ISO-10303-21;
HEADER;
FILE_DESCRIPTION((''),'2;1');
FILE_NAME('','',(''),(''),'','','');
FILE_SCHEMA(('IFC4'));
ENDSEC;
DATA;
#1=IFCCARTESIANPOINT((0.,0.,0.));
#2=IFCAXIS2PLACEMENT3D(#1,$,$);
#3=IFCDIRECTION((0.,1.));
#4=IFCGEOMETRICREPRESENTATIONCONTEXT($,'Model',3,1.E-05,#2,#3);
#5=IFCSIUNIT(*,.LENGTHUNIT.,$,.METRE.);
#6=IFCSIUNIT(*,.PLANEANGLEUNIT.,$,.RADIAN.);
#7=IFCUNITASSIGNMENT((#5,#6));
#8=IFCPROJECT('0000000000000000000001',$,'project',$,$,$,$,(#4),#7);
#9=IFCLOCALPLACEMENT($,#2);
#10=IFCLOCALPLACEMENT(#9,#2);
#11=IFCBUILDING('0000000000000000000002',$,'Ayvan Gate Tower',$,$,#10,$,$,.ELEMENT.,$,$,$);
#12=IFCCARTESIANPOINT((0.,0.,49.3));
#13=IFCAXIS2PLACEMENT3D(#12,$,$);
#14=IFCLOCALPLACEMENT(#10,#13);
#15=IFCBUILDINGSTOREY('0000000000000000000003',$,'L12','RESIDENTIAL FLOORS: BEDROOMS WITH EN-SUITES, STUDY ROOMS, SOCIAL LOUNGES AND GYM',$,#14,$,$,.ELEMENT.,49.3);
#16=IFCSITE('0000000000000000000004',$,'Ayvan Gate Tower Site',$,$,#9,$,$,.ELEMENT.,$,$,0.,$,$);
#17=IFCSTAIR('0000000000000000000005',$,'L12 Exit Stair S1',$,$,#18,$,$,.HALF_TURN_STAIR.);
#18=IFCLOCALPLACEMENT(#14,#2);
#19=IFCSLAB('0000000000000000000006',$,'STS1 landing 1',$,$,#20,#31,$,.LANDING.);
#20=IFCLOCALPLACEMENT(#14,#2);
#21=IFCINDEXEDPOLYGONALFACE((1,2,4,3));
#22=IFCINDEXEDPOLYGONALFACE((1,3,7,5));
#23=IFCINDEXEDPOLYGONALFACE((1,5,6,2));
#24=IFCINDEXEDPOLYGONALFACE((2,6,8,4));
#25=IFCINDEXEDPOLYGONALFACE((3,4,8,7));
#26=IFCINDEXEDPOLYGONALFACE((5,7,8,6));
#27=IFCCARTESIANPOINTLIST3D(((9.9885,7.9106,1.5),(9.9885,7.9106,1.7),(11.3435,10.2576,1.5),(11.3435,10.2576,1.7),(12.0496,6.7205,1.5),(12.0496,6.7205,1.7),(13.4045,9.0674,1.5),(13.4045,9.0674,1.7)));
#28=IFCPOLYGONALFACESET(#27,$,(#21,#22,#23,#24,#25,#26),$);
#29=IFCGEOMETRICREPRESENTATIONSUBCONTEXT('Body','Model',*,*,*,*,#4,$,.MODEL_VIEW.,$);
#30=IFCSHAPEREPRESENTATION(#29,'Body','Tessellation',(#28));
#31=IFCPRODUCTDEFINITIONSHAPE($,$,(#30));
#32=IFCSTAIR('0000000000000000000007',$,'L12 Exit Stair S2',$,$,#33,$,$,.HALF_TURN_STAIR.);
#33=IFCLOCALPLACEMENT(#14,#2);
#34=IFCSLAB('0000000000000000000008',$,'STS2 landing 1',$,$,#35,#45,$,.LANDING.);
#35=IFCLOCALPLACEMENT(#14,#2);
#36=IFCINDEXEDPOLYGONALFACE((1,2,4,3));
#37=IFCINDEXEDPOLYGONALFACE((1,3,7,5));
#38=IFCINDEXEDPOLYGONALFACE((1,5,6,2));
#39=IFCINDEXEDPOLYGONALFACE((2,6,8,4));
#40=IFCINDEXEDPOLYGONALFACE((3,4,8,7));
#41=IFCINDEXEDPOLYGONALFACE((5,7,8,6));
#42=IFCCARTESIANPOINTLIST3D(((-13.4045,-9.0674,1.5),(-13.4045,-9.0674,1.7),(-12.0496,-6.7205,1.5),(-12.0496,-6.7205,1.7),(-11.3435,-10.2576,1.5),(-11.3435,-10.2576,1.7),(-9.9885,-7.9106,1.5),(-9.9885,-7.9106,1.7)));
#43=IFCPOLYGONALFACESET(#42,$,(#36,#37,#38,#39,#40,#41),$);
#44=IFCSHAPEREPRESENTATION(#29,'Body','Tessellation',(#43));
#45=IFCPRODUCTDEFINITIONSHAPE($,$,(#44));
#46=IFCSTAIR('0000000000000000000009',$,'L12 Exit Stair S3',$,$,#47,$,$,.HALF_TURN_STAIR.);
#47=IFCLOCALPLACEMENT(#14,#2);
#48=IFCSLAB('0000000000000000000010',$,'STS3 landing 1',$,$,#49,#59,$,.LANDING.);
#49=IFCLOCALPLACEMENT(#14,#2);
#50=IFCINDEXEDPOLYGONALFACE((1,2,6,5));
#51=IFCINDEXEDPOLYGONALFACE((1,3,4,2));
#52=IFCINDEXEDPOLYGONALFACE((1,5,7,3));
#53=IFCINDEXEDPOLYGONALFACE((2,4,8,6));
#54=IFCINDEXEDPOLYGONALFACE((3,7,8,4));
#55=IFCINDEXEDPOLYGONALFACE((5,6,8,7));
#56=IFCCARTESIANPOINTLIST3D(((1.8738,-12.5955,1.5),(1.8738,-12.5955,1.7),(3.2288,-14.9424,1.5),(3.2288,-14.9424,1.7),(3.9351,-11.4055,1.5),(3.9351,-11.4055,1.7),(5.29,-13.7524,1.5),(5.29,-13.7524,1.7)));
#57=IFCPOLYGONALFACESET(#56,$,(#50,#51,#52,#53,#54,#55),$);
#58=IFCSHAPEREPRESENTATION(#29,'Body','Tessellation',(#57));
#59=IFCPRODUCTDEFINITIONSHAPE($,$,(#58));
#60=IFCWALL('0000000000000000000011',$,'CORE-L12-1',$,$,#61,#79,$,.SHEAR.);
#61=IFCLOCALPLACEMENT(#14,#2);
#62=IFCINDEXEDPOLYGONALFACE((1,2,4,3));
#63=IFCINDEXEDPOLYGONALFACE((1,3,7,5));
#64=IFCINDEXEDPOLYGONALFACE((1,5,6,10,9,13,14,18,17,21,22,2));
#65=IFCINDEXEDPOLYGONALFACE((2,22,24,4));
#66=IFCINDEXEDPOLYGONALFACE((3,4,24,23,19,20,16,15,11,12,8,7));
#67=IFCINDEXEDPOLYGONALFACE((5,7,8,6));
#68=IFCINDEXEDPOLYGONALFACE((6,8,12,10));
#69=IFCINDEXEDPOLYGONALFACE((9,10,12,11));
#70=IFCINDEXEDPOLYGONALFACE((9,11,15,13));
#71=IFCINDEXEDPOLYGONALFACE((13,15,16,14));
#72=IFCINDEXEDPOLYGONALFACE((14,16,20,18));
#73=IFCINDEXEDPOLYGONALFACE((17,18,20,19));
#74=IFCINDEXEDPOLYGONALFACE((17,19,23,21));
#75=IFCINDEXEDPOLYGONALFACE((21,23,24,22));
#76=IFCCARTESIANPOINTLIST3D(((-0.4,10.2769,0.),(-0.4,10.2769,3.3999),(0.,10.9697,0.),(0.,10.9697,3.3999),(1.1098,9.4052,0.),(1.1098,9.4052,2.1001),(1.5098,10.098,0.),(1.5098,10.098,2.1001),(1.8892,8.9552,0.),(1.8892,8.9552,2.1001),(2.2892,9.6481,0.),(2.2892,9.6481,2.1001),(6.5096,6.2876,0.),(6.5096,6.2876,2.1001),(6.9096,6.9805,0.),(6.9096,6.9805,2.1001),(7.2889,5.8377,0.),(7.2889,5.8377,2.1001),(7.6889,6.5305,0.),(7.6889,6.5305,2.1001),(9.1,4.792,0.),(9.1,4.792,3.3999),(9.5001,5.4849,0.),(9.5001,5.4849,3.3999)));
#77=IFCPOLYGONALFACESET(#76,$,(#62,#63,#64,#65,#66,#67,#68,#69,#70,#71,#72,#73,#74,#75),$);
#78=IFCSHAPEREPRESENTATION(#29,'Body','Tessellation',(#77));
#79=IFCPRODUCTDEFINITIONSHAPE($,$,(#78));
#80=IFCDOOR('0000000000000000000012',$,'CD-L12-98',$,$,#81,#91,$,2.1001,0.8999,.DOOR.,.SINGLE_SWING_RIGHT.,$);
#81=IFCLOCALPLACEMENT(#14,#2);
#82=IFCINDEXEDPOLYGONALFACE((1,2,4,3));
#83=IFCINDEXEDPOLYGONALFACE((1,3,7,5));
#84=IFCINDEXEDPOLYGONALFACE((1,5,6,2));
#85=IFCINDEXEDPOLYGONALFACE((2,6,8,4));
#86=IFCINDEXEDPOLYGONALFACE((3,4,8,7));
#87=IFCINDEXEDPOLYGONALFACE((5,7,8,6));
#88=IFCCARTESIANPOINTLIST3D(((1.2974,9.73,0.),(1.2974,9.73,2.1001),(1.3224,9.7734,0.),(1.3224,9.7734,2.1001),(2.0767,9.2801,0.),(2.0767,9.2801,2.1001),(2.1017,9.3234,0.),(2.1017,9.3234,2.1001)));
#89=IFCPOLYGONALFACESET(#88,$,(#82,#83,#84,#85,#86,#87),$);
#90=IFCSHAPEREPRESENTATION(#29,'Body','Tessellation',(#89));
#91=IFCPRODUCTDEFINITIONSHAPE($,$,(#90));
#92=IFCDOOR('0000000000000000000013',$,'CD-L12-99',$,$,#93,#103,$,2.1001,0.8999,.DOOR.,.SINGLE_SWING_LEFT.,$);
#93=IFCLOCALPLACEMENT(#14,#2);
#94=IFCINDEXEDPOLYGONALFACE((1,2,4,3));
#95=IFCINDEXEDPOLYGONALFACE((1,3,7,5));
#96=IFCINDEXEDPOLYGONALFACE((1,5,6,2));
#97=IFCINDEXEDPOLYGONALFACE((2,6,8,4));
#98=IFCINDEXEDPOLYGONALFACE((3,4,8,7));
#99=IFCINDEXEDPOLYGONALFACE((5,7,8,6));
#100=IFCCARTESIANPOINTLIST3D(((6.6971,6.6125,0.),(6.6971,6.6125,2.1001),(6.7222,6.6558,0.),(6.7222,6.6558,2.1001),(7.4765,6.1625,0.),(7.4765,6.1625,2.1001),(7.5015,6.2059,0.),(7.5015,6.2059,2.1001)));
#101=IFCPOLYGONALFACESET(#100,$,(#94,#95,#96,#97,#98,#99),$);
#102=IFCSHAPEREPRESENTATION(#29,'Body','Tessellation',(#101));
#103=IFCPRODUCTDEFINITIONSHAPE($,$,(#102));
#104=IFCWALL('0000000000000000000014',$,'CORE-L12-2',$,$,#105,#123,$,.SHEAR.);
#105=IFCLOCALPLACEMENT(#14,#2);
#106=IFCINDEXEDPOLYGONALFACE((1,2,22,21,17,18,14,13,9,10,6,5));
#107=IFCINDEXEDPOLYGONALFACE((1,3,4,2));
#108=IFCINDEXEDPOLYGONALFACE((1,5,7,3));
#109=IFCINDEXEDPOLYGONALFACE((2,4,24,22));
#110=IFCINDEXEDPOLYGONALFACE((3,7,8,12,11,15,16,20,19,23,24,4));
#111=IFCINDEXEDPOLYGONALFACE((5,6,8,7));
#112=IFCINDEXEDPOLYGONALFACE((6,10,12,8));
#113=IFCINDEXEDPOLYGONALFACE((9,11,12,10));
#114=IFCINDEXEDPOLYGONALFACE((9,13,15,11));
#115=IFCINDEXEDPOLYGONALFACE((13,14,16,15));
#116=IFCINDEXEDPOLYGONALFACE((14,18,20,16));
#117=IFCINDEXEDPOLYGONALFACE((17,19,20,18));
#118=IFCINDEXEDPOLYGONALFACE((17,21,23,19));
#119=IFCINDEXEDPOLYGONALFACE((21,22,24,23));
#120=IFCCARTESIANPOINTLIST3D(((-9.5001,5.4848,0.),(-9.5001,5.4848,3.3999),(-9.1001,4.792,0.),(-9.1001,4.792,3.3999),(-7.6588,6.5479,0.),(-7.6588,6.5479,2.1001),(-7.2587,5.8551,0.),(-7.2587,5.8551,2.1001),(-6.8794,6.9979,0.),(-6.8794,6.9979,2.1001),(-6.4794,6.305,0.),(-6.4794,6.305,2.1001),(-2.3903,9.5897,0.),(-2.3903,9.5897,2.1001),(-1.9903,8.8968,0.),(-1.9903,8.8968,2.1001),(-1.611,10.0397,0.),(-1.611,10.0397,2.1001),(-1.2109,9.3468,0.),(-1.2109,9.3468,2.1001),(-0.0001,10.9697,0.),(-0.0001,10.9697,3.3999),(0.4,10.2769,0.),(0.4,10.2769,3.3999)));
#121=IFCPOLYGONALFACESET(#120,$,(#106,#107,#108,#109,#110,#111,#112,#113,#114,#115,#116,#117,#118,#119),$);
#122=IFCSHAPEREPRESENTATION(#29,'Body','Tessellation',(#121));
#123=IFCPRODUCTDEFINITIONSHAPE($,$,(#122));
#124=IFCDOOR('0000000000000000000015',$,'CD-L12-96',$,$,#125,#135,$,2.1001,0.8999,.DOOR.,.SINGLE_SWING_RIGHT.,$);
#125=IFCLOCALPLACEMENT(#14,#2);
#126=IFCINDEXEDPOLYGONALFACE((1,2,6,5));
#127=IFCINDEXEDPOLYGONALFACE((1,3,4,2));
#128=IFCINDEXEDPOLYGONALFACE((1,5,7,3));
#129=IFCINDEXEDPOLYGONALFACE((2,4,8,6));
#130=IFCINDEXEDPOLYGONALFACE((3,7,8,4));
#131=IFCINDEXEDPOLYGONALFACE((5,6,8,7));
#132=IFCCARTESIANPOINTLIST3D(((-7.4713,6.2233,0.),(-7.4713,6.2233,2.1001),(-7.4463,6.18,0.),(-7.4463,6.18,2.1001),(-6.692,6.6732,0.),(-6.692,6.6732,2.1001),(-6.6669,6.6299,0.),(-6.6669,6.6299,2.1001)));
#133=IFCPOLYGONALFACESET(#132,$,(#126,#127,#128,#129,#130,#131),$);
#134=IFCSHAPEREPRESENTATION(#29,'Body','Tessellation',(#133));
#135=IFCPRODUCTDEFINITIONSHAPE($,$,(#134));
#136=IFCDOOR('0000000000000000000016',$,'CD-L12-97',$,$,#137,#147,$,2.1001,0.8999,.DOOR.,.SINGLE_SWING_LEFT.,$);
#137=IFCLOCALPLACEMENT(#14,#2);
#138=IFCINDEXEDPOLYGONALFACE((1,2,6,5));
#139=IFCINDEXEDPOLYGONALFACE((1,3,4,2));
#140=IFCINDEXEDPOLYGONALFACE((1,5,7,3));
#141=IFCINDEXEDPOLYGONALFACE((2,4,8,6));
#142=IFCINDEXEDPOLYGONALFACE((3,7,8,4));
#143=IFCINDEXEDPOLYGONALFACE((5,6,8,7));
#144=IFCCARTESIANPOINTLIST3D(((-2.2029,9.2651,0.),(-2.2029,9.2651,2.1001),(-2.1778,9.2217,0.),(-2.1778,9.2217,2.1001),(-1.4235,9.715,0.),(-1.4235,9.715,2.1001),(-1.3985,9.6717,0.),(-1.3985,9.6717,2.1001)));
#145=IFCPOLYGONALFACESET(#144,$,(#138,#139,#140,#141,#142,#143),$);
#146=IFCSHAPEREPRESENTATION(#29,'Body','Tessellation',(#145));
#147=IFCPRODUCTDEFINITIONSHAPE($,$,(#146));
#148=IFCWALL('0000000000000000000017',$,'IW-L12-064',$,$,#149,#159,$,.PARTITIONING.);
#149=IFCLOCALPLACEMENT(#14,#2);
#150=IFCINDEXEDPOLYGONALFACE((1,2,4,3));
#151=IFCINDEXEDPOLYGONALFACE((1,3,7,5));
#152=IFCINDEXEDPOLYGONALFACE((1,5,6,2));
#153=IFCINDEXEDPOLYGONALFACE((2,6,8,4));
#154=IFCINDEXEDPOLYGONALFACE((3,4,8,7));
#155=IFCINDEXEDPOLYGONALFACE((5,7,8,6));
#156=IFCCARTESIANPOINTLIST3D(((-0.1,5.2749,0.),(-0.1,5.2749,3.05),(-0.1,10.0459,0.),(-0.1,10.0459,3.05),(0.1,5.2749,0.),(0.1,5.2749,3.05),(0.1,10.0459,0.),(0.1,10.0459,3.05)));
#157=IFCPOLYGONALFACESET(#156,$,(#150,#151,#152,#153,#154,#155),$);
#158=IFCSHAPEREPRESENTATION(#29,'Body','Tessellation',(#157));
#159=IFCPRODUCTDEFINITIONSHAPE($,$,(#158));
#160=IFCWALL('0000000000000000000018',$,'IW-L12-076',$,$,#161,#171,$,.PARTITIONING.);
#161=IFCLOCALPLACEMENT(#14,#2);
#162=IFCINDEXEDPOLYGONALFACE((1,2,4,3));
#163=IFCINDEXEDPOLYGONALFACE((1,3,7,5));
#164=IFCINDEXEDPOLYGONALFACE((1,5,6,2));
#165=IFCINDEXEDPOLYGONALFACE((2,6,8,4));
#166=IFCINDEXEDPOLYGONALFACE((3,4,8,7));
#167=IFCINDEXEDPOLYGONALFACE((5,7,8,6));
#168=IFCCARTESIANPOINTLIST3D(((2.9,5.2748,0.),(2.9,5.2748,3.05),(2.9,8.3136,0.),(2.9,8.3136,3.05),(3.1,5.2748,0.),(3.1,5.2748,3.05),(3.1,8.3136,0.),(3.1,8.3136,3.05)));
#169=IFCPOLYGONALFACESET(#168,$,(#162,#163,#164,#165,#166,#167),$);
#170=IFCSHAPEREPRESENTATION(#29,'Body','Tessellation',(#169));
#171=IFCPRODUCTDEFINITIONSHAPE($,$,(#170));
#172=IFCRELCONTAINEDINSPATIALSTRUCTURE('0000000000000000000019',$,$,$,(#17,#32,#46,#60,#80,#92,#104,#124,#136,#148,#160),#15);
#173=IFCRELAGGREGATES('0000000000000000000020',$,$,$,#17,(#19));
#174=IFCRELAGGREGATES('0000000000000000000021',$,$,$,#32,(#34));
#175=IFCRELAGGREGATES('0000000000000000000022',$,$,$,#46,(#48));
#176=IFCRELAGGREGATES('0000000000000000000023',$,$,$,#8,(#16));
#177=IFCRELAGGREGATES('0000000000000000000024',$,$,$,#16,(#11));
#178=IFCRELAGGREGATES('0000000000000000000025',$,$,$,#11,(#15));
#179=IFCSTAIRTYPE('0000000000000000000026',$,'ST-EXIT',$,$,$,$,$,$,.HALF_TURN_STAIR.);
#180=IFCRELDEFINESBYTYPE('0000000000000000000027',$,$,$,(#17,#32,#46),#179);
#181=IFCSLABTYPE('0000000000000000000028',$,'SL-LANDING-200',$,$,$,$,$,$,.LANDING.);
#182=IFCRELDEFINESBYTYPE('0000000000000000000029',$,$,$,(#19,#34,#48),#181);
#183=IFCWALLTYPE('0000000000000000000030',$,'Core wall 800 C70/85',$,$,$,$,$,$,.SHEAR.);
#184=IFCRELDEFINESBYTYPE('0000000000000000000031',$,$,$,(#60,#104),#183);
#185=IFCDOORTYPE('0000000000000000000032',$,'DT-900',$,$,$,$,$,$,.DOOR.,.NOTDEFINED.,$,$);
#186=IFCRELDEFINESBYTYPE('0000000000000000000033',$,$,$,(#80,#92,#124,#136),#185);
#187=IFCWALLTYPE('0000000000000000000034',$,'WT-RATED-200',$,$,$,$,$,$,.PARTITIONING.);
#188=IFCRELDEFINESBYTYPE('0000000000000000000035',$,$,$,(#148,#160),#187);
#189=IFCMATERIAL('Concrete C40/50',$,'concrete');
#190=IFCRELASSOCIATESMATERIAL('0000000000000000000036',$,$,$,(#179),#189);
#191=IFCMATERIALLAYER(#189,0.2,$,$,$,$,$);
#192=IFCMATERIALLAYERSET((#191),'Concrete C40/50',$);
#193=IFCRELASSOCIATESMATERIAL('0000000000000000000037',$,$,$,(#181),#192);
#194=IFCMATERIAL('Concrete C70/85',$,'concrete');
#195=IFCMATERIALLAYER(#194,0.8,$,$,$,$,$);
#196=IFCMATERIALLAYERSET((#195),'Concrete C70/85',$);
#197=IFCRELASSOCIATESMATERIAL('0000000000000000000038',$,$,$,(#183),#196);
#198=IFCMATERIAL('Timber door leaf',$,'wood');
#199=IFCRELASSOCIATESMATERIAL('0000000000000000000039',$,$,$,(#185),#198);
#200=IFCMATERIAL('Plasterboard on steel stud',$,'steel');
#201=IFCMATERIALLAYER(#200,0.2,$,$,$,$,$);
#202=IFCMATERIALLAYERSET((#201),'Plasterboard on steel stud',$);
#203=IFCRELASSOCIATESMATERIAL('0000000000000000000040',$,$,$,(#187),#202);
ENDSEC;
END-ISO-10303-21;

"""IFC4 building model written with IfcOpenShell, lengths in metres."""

from ifc_helpers import new_model, si_unit, direction, frame, frame_2d, origin, place, context, subcontext, project, spatial, polyline, rectangle, outline, extrude, material, layer, layer_set, type_object, element, fill, aggregate, save


model = new_model("IFC4")

# Units and contexts
model_context = context("Model", 3, precision=1e-05, world=origin(), true_north=direction((0.0, 1.0)))
body_context = subcontext(model_context, "Body", "Model", "MODEL_VIEW")
ifc_project = project(units=[si_unit("LENGTHUNIT", "METRE"), si_unit("PLANEANGLEUNIT", "RADIAN")], contexts=[model_context])

# Site, building, storey
site_placement = place(None, origin())
site = spatial("IfcSite", under=ifc_project, at=site_placement, Name="Ayvan Gate Tower Site", CompositionType="ELEMENT", RefElevation=0.0)
building_placement = place(site_placement, origin())
building = spatial("IfcBuilding", under=site, at=building_placement, Name="Ayvan Gate Tower", CompositionType="ELEMENT")
storey_placement = place(building_placement, frame((0.0, 0.0, 49.3)))
storey = spatial("IfcBuildingStorey", under=building, at=storey_placement, Name="L12", Description="RESIDENTIAL FLOORS: BEDROOMS WITH EN-SUITES, STUDY ROOMS, SOCIAL LOUNGES AND GYM", CompositionType="ELEMENT", Elevation=49.3)

# Stairs, slabs
ifc_material_1 = material(Name="Concrete C40/50", Category="concrete")
stair_type = type_object("IfcStairType", Name="ST-EXIT", PredefinedType="HALF_TURN_STAIR", material=ifc_material_1)
stair_1_placement = place(storey_placement, origin())
stair_1 = element("IfcStair", 1, at=stair_1_placement, inside=storey, type_object=stair_type, Name="L12 Exit Stair S1", PredefinedType="HALF_TURN_STAIR")
ifc_layer_1 = layer(ifc_material_1, 0.2)
ifc_layer_set_1 = layer_set([ifc_layer_1], Name="Concrete C40/50")
slab_type = type_object("IfcSlabType", Name="SL-LANDING-200", PredefinedType="LANDING", material=ifc_layer_set_1)
slab_1_placement = place(storey_placement, frame((0.0, 0.0, 1.5)))
slab_1 = element("IfcSlab", 2, at=slab_1_placement, type_object=slab_type, Name="STS1 landing 1", PredefinedType="LANDING", context=body_context, shape_type="SweptSolid", body=[
    extrude(outline(polyline([(9.9885, 7.9106), (12.0496, 6.7205), (13.4045, 9.0674), (11.3435, 10.2576), (9.9885, 7.9106)])), origin(), (0.0, 0.0, 1.0), 0.2),
])
aggregate(stair_1, [slab_1])
stair_2_placement = place(storey_placement, origin())
stair_2 = element("IfcStair", 3, at=stair_2_placement, inside=storey, type_object=stair_type, Name="L12 Exit Stair S2", PredefinedType="HALF_TURN_STAIR")
slab_2_placement = place(storey_placement, frame((0.0, 0.0, 1.5)))
slab_2 = element("IfcSlab", 4, at=slab_2_placement, type_object=slab_type, Name="STS2 landing 1", PredefinedType="LANDING", context=body_context, shape_type="SweptSolid", body=[
    extrude(outline(polyline([(-9.9885, -7.9106), (-12.0496, -6.7205), (-13.4045, -9.0674), (-11.3435, -10.2576), (-9.9885, -7.9106)])), origin(), (0.0, 0.0, 1.0), 0.2),
])
aggregate(stair_2, [slab_2])
stair_3_placement = place(storey_placement, origin())
stair_3 = element("IfcStair", 5, at=stair_3_placement, inside=storey, type_object=stair_type, Name="L12 Exit Stair S3", PredefinedType="HALF_TURN_STAIR")
slab_3_placement = place(storey_placement, frame((0.0, 0.0, 1.5)))
slab_3 = element("IfcSlab", 6, at=slab_3_placement, type_object=slab_type, Name="STS3 landing 1", PredefinedType="LANDING", context=body_context, shape_type="SweptSolid", body=[
    extrude(outline(polyline([(3.9351, -11.4055), (1.8738, -12.5955), (3.2288, -14.9424), (5.29, -13.7524), (3.9351, -11.4055)])), origin(), (0.0, 0.0, 1.0), 0.2),
])
aggregate(stair_3, [slab_3])

# Walls, openings, doors
ifc_material_2 = material(Name="Concrete C70/85", Category="concrete")
ifc_layer_2 = layer(ifc_material_2, 0.8)
ifc_layer_set_2 = layer_set([ifc_layer_2], Name="Concrete C70/85")
wall_type_1 = type_object("IfcWallType", Name="Core wall 800 C70/85", PredefinedType="SHEAR", material=ifc_layer_set_2)
wall_1_placement = place(storey_placement, frame((9.3, 5.1384, 0.0), z_axis=(0.0, 0.0, 1.0), x_axis=(-0.866024, 0.500002, 0.0)))
wall_1 = element("IfcWall", 7, at=wall_1_placement, inside=storey, type_object=wall_type_1, Name="CORE-L12-1", PredefinedType="SHEAR", context=body_context, shape_type="SweptSolid", body=[
    extrude(rectangle(XDim=10.9697, YDim=0.8, at=frame_2d((5.4849, 0.0))), origin(), (0.0, 0.0, 1.0), 3.3999),
])
opening_1_placement = place(wall_1_placement, frame((8.3264, 0.0, 0.0)))
opening_1 = element("IfcOpeningElement", 8, at=opening_1_placement, cuts=wall_1, PredefinedType="OPENING", context=body_context, shape_type="SweptSolid", body=[
    extrude(rectangle(XDim=0.8999, YDim=2.1001, at=frame_2d((0.45, 1.05))), frame((0.0, 0.4099, 0.0), z_axis=(0.0, -1.0, 0.0), x_axis=(1.0, 0.0, 0.0)), (0.0, 0.0, 1.0), 0.8201),
])
opening_2_placement = place(wall_1_placement, frame((2.0913, 0.0, 0.0)))
opening_2 = element("IfcOpeningElement", 9, at=opening_2_placement, cuts=wall_1, PredefinedType="OPENING", context=body_context, shape_type="SweptSolid", body=[
    extrude(rectangle(XDim=0.8999, YDim=2.1001, at=frame_2d((0.45, 1.05))), frame((0.0, 0.4099, 0.0), z_axis=(0.0, -1.0, 0.0), x_axis=(1.0, 0.0, 0.0)), (0.0, 0.0, 1.0), 0.8201),
])
ifc_material_3 = material(Name="Timber door leaf", Category="wood")
door_type_1 = type_object("IfcDoorType", Name="DT-900", OperationType="NOTDEFINED", PredefinedType="DOOR", material=ifc_material_3)
door_1_placement = place(opening_1_placement, origin())
door_1 = element("IfcDoor", 10, at=door_1_placement, inside=storey, type_object=door_type_1, Name="CD-L12-98", OperationType="SINGLE_SWING_RIGHT", OverallHeight=2.1001, OverallWidth=0.8999, PredefinedType="DOOR", context=body_context, shape_type="SweptSolid", body=[
    extrude(rectangle(XDim=0.8999, YDim=2.1001, at=frame_2d((0.45, 1.05))), frame((0.0, 0.0249, 0.0), z_axis=(0.0, -1.0, 0.0), x_axis=(1.0, 0.0, 0.0)), (0.0, 0.0, 1.0), 0.05),
])
fill(opening_1, door_1)
door_2_placement = place(opening_2_placement, origin())
door_2 = element("IfcDoor", 11, at=door_2_placement, inside=storey, type_object=door_type_1, Name="CD-L12-99", OperationType="SINGLE_SWING_LEFT", OverallHeight=2.1001, OverallWidth=0.8999, PredefinedType="DOOR", context=body_context, shape_type="SweptSolid", body=[
    extrude(rectangle(XDim=0.8999, YDim=2.1001, at=frame_2d((0.45, 1.05))), frame((0.0, 0.0249, 0.0), z_axis=(0.0, -1.0, 0.0), x_axis=(1.0, 0.0, 0.0)), (0.0, 0.0, 1.0), 0.05),
])
fill(opening_2, door_2)
wall_2_placement = place(storey_placement, frame((0.2, 10.6233, 0.0), z_axis=(0.0, 0.0, 1.0), x_axis=(-0.866024, -0.500002, 0.0)))
wall_2 = element("IfcWall", 12, at=wall_2_placement, inside=storey, type_object=wall_type_1, Name="CORE-L12-2", PredefinedType="SHEAR", context=body_context, shape_type="SweptSolid", body=[
    extrude(rectangle(XDim=10.9697, YDim=0.8, at=frame_2d((5.4849, 0.0))), origin(), (0.0, 0.0, 1.0), 3.3999),
])
opening_3_placement = place(wall_2_placement, frame((7.9436, 0.0, 0.0)))
opening_3 = element("IfcOpeningElement", 13, at=opening_3_placement, cuts=wall_2, PredefinedType="OPENING", context=body_context, shape_type="SweptSolid", body=[
    extrude(rectangle(XDim=0.8999, YDim=2.1001, at=frame_2d((0.45, 1.05))), frame((0.0, 0.4099, 0.0), z_axis=(0.0, -1.0, 0.0), x_axis=(1.0, 0.0, 0.0)), (0.0, 0.0, 1.0), 0.8201),
])
opening_4_placement = place(wall_2_placement, frame((1.8601, 0.0, 0.0)))
opening_4 = element("IfcOpeningElement", 14, at=opening_4_placement, cuts=wall_2, PredefinedType="OPENING", context=body_context, shape_type="SweptSolid", body=[
    extrude(rectangle(XDim=0.8999, YDim=2.1001, at=frame_2d((0.45, 1.05))), frame((0.0, 0.4099, 0.0), z_axis=(0.0, -1.0, 0.0), x_axis=(1.0, 0.0, 0.0)), (0.0, 0.0, 1.0), 0.8201),
])
door_3_placement = place(opening_3_placement, origin())
door_3 = element("IfcDoor", 15, at=door_3_placement, inside=storey, type_object=door_type_1, Name="CD-L12-96", OperationType="SINGLE_SWING_RIGHT", OverallHeight=2.1001, OverallWidth=0.8999, PredefinedType="DOOR", context=body_context, shape_type="SweptSolid", body=[
    extrude(rectangle(XDim=0.8999, YDim=2.1001, at=frame_2d((0.45, 1.05))), frame((0.0, 0.0249, 0.0), z_axis=(0.0, -1.0, 0.0), x_axis=(1.0, 0.0, 0.0)), (0.0, 0.0, 1.0), 0.05),
])
fill(opening_3, door_3)
door_4_placement = place(opening_4_placement, origin())
door_4 = element("IfcDoor", 16, at=door_4_placement, inside=storey, type_object=door_type_1, Name="CD-L12-97", OperationType="SINGLE_SWING_LEFT", OverallHeight=2.1001, OverallWidth=0.8999, PredefinedType="DOOR", context=body_context, shape_type="SweptSolid", body=[
    extrude(rectangle(XDim=0.8999, YDim=2.1001, at=frame_2d((0.45, 1.05))), frame((0.0, 0.0249, 0.0), z_axis=(0.0, -1.0, 0.0), x_axis=(1.0, 0.0, 0.0)), (0.0, 0.0, 1.0), 0.05),
])
fill(opening_4, door_4)

# Walls
ifc_material_4 = material(Name="Plasterboard on steel stud", Category="steel")
ifc_layer_3 = layer(ifc_material_4, 0.2)
ifc_layer_set_3 = layer_set([ifc_layer_3], Name="Plasterboard on steel stud")
wall_type_2 = type_object("IfcWallType", Name="WT-RATED-200", PredefinedType="PARTITIONING", material=ifc_layer_set_3)
wall_3_placement = place(storey_placement, frame((0.0, 10.0459, 0.0), z_axis=(0.0, 0.0, 1.0), x_axis=(0.0, -1.0, 0.0)))
element("IfcWall", 17, at=wall_3_placement, inside=storey, type_object=wall_type_2, Name="IW-L12-064", PredefinedType="PARTITIONING", context=body_context, shape_type="SweptSolid", body=[
    extrude(rectangle(XDim=4.771, YDim=0.2, at=frame_2d((2.3855, 0.0))), origin(), (0.0, 0.0, 1.0), 3.05),
])
wall_4_placement = place(storey_placement, frame((3.0, 8.3137, 0.0), z_axis=(0.0, 0.0, 1.0), x_axis=(0.0, -1.0, 0.0)))
element("IfcWall", 18, at=wall_4_placement, inside=storey, type_object=wall_type_2, Name="IW-L12-076", PredefinedType="PARTITIONING", context=body_context, shape_type="SweptSolid", body=[
    extrude(rectangle(XDim=3.0388, YDim=0.2, at=frame_2d((1.5195, 0.0))), origin(), (0.0, 0.0, 1.0), 3.05),
])

save(model, "model.ifc")
